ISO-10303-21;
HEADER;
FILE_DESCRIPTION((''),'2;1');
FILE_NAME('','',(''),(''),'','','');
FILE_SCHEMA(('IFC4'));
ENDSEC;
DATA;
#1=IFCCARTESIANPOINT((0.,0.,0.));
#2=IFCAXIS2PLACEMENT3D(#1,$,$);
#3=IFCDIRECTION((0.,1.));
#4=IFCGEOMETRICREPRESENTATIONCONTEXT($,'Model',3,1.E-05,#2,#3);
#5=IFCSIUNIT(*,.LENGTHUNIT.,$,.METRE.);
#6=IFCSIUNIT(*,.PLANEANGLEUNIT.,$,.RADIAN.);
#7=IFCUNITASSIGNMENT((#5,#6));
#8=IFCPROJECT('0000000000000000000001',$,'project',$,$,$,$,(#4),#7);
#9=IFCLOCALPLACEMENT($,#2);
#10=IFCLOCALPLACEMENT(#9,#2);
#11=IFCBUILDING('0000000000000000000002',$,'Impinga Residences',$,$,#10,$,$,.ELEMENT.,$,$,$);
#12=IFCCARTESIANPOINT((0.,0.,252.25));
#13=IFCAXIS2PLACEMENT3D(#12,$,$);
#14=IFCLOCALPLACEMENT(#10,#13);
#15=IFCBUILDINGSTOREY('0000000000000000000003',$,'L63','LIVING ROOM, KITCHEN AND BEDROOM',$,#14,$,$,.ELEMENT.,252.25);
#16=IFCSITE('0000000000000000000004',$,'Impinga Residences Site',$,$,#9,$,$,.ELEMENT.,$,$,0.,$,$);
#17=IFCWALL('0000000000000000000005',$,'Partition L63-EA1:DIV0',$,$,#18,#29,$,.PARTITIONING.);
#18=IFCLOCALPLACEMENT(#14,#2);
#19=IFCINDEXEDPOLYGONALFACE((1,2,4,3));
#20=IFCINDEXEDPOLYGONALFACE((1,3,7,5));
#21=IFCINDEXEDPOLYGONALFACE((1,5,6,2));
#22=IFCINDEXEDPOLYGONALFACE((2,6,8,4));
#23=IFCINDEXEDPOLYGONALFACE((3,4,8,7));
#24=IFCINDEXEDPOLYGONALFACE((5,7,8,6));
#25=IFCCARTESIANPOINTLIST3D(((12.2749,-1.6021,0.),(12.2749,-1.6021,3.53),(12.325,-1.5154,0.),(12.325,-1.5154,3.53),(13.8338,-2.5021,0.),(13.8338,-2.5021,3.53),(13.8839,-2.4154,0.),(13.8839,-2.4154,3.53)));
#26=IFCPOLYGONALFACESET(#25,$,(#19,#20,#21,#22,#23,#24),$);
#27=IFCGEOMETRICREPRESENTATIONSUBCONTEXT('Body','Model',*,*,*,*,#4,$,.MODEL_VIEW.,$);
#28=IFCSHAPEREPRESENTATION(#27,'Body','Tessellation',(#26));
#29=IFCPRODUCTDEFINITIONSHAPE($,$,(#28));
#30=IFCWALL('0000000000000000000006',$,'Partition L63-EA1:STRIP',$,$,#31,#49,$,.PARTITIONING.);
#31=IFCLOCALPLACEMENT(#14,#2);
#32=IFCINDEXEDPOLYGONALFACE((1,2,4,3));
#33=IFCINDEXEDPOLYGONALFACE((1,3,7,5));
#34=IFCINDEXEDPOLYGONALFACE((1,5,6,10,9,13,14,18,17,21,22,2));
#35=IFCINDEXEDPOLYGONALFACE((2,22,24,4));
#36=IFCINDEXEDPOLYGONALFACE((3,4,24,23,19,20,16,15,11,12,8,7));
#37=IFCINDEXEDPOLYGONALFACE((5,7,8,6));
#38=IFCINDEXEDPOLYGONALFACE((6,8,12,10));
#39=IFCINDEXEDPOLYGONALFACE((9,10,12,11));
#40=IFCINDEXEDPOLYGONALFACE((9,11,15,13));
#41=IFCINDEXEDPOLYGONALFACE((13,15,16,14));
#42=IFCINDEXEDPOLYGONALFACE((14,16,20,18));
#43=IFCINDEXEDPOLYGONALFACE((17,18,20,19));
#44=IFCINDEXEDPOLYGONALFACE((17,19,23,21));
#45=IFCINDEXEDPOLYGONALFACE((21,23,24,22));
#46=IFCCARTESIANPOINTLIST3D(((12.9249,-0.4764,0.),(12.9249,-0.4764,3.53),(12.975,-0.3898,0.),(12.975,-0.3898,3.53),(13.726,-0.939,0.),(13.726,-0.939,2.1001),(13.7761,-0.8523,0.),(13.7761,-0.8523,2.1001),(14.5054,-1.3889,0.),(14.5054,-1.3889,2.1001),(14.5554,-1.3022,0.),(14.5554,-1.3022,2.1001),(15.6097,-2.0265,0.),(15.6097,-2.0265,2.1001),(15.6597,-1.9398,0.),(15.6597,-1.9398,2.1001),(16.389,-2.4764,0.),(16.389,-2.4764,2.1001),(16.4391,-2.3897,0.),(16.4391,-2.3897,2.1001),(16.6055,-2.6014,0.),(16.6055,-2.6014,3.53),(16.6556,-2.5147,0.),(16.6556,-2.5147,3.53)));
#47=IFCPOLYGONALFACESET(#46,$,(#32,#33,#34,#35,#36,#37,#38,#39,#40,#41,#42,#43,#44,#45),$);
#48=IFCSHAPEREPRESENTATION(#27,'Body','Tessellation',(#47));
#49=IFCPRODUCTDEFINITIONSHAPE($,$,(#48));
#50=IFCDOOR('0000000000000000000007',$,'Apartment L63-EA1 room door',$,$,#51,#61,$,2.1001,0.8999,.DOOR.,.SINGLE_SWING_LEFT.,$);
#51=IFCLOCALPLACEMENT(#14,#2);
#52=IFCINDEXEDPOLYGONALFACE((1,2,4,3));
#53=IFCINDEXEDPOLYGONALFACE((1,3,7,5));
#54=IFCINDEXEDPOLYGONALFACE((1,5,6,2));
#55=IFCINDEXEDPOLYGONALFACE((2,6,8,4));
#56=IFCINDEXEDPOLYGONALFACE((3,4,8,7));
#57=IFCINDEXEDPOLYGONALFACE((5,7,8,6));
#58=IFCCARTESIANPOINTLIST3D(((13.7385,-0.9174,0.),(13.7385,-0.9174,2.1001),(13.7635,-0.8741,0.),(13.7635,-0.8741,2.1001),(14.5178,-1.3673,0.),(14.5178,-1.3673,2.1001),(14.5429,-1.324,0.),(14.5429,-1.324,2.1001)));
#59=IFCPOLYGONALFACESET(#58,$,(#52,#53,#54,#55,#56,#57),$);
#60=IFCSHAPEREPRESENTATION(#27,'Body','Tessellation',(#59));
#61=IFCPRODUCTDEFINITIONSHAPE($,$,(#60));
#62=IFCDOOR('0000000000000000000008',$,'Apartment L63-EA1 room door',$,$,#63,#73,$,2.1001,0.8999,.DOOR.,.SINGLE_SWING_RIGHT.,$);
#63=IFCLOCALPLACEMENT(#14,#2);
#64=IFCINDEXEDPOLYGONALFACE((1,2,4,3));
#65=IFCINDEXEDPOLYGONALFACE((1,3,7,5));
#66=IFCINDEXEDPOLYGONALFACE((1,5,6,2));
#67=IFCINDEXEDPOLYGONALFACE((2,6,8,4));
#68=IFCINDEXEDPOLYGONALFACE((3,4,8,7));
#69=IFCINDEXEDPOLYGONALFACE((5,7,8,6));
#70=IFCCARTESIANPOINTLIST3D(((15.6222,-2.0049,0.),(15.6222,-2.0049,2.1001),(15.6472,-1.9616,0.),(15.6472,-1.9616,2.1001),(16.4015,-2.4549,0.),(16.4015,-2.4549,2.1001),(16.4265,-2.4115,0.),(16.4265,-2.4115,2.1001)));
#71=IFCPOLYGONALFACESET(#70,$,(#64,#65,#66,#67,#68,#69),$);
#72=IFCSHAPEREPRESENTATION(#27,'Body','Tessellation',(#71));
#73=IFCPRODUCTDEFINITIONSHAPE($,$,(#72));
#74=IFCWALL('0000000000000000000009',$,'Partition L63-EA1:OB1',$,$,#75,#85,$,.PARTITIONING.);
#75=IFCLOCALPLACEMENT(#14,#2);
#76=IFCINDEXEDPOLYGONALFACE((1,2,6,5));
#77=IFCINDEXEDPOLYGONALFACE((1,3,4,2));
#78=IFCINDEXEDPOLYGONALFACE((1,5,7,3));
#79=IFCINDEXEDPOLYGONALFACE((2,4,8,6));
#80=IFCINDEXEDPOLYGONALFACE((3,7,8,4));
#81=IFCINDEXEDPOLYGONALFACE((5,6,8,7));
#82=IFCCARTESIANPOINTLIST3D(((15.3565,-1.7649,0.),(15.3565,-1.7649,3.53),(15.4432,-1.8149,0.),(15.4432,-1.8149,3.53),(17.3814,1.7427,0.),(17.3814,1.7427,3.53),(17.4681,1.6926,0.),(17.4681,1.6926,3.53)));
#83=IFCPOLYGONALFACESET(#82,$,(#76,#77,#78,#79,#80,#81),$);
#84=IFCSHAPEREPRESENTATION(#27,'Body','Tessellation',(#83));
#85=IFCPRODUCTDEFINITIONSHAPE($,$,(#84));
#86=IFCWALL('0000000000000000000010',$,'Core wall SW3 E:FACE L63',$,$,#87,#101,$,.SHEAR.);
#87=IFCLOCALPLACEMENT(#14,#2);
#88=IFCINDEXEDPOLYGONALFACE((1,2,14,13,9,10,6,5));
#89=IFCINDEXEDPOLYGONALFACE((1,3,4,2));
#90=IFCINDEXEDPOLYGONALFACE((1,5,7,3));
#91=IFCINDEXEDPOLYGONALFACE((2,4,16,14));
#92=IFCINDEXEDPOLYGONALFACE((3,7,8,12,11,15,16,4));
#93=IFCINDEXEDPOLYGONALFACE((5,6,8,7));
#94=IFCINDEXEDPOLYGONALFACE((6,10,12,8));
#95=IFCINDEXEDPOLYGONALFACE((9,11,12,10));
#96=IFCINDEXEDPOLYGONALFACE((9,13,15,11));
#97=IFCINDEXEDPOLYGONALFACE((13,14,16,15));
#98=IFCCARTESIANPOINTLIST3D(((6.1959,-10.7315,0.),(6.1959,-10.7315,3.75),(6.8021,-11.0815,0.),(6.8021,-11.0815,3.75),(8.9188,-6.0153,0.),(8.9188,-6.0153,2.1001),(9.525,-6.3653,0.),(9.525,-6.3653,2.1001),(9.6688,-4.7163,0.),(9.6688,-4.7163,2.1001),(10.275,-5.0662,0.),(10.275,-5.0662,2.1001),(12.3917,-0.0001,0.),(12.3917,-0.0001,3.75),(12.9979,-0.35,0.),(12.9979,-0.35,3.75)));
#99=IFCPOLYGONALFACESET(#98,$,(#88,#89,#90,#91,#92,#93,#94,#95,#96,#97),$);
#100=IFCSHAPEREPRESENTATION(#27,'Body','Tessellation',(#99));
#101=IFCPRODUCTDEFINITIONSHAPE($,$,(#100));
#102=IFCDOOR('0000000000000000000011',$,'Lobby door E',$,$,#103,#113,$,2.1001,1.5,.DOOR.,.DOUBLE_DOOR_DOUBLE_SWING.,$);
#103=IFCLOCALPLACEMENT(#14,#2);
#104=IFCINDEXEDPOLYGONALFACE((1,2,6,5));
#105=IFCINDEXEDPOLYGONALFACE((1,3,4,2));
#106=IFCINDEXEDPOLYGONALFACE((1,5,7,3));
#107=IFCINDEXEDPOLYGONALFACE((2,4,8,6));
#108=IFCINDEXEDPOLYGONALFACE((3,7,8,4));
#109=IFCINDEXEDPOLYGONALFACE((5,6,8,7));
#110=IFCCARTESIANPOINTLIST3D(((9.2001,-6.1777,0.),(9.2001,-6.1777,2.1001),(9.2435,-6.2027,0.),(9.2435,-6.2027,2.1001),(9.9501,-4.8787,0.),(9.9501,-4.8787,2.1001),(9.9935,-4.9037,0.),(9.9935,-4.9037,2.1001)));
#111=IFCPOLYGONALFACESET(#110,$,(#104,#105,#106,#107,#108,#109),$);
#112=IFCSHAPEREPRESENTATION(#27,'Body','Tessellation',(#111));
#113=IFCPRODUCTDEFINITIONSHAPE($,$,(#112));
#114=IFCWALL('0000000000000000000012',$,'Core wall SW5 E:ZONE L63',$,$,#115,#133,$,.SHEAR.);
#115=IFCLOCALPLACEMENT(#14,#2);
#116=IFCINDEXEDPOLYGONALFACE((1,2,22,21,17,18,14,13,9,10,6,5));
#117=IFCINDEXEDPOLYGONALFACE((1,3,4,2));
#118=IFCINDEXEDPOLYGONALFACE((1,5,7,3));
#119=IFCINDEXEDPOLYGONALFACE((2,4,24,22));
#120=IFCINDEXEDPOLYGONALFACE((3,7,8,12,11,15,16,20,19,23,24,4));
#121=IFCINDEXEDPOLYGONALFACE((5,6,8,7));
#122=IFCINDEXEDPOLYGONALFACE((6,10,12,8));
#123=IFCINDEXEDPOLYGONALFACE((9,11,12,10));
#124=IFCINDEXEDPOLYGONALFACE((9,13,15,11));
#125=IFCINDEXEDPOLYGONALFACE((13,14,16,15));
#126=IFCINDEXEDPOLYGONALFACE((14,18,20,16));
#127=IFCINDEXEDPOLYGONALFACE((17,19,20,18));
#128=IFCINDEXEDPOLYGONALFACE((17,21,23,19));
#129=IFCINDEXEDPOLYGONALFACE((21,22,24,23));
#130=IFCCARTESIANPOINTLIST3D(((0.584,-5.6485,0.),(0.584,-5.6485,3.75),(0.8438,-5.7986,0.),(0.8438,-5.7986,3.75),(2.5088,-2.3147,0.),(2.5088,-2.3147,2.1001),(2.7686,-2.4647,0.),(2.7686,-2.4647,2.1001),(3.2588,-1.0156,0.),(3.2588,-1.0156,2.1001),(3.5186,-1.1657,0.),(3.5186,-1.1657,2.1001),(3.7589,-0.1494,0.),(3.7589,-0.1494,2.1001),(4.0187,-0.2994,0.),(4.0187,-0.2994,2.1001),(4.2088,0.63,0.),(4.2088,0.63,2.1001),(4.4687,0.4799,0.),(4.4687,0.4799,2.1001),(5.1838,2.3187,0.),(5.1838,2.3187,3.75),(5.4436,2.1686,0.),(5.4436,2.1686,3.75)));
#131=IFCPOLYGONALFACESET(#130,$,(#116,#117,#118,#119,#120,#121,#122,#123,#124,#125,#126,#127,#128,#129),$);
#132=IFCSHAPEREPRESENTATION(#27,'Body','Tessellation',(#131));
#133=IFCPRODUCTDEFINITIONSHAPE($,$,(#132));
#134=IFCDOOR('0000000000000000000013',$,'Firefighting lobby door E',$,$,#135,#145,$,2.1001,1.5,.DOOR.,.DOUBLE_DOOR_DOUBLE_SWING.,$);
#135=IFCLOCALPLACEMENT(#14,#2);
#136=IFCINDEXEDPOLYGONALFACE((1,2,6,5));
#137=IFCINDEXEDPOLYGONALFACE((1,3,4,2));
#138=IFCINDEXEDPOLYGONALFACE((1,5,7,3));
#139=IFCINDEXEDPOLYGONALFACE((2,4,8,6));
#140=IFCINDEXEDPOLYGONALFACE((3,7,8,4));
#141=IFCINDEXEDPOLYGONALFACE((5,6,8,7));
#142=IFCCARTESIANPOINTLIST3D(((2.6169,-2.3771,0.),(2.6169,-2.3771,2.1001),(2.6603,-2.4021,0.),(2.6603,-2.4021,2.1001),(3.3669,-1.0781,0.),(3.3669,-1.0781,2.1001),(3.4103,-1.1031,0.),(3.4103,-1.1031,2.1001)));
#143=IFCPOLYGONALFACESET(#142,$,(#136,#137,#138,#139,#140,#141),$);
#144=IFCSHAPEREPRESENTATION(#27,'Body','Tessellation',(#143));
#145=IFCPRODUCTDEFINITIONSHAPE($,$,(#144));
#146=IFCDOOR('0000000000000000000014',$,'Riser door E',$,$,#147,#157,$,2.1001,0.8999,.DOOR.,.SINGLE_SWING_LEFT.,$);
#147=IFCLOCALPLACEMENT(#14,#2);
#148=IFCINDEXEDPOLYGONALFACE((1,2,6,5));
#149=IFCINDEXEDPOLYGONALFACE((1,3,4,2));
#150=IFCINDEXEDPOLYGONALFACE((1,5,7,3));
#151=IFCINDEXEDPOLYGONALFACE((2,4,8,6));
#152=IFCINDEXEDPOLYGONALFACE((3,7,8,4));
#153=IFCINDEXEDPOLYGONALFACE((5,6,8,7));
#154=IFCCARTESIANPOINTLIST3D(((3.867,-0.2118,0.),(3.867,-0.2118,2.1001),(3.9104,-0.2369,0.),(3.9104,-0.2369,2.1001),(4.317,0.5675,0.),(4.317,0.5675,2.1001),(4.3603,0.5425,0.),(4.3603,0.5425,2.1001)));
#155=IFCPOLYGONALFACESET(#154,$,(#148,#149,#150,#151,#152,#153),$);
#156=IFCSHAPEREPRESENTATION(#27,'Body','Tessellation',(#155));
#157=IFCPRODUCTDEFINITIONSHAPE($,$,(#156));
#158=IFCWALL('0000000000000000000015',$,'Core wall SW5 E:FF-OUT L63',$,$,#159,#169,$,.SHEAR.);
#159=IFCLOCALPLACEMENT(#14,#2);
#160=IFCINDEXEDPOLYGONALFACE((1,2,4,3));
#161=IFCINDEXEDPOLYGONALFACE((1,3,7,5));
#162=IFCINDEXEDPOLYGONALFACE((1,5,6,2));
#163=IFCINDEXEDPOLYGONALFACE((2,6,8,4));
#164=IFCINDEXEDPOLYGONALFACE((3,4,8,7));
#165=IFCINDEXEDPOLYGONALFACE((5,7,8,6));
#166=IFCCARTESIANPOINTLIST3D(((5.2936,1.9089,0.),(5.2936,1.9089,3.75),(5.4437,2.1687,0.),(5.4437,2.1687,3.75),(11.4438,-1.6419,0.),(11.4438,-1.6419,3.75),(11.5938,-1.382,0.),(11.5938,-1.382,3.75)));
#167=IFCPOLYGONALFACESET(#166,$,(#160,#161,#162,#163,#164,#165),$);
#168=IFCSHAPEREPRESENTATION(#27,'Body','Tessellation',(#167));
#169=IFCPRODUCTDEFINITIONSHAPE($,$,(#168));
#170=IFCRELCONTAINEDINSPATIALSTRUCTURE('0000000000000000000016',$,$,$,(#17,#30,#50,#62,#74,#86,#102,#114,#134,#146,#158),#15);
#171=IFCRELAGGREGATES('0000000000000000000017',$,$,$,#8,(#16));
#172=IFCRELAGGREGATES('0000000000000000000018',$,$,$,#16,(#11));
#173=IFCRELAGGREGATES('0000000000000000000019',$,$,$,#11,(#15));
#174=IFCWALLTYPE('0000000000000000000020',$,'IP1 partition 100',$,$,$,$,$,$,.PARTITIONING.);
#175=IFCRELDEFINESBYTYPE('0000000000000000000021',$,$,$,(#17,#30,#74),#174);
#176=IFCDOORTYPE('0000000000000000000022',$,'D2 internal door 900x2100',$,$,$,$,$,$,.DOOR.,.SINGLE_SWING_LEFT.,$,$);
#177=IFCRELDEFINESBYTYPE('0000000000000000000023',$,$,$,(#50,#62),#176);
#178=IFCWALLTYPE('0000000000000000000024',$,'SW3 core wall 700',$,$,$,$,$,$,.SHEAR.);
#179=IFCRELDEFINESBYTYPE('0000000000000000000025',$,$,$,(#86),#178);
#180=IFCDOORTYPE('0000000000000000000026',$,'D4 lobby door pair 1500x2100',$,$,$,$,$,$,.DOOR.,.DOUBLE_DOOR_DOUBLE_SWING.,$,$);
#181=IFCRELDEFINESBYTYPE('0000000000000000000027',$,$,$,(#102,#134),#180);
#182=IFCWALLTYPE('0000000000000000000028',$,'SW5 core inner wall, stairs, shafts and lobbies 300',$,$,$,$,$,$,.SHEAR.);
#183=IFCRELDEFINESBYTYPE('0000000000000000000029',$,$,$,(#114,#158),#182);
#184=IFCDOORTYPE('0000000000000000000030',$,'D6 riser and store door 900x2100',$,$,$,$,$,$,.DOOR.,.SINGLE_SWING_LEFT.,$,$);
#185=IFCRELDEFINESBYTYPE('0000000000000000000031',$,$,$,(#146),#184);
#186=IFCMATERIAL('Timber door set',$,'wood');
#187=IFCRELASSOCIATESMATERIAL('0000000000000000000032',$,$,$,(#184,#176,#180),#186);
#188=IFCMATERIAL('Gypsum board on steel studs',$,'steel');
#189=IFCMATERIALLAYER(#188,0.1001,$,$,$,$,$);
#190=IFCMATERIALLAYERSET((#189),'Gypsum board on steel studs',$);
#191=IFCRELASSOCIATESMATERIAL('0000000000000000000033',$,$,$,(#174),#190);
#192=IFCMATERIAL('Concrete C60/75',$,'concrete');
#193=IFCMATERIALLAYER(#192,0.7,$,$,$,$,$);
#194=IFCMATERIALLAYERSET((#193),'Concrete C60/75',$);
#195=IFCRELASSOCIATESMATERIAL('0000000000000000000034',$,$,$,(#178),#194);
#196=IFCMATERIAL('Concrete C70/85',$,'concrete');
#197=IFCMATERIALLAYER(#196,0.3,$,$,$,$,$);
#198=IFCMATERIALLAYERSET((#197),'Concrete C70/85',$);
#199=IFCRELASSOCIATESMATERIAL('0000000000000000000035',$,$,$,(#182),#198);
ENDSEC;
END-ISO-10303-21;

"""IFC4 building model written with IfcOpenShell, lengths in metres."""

from ifc_helpers import new_model, si_unit, direction, frame, frame_2d, origin, place, context, subcontext, project, spatial, rectangle, extrude, material, layer, layer_set, type_object, element, fill, save


model = new_model("IFC4")

# Units and contexts
model_context = context("Model", 3, precision=1e-05, world=origin(), true_north=direction((0.0, 1.0)))
body_context = subcontext(model_context, "Body", "Model", "MODEL_VIEW")
ifc_project = project(units=[si_unit("LENGTHUNIT", "METRE"), si_unit("PLANEANGLEUNIT", "RADIAN")], contexts=[model_context])

# Site, building, storey
site_placement = place(None, origin())
site = spatial("IfcSite", under=ifc_project, at=site_placement, Name="Impinga Residences Site", CompositionType="ELEMENT", RefElevation=0.0)
building_placement = place(site_placement, origin())
building = spatial("IfcBuilding", under=site, at=building_placement, Name="Impinga Residences", CompositionType="ELEMENT")
storey_placement = place(building_placement, frame((0.0, 0.0, 252.25)))
storey = spatial("IfcBuildingStorey", under=building, at=storey_placement, Name="L63", Description="LIVING ROOM, KITCHEN AND BEDROOM", CompositionType="ELEMENT", Elevation=252.25)

# Shared definitions
ifc_material_1 = material(Name="Concrete C60/75", Category="concrete")

# Shared definitions
ifc_material_2 = material(Name="Timber door set", Category="wood")
door_type_1 = type_object("IfcDoorType", Name="D6 riser and store door 900x2100", OperationType="SINGLE_SWING_LEFT", PredefinedType="DOOR", material=ifc_material_2)

# Wall
ifc_material_3 = material(Name="Gypsum board on steel studs", Category="steel")
ifc_layer_1 = layer(ifc_material_3, 0.1001)
ifc_layer_set_1 = layer_set([ifc_layer_1], Name="Gypsum board on steel studs")
wall_type_1 = type_object("IfcWallType", Name="IP1 partition 100", PredefinedType="PARTITIONING", material=ifc_layer_set_1)
wall_1_placement = place(storey_placement, frame((12.3, -1.5588, 0.0), z_axis=(0.0, 0.0, 1.0), x_axis=(0.866048, -0.499961, 0.0)))
element("IfcWall", 1, at=wall_1_placement, inside=storey, type_object=wall_type_1, Name="Partition L63-EA1:DIV0", PredefinedType="PARTITIONING", context=body_context, shape_type="SweptSolid", body=[
    extrude(rectangle(XDim=1.8, YDim=0.1001, at=frame_2d((0.8999, 0.0))), origin(), (0.0, 0.0, 1.0), 3.53),
])

# Wall, openings, doors
wall_2_placement = place(storey_placement, frame((12.95, -0.4331, 0.0), z_axis=(0.0, 0.0, 1.0), x_axis=(0.866029, -0.499994, 0.0)))
wall_2 = element("IfcWall", 2, at=wall_2_placement, inside=storey, type_object=wall_type_1, Name="Partition L63-EA1:STRIP", PredefinedType="PARTITIONING", context=body_context, shape_type="SweptSolid", body=[
    extrude(rectangle(XDim=4.25, YDim=0.1001, at=frame_2d((2.125, 0.0))), origin(), (0.0, 0.0, 1.0), 3.53),
])
opening_1_placement = place(wall_2_placement, frame((0.925, 0.0, 0.0)))
opening_1 = element("IfcOpeningElement", 3, at=opening_1_placement, cuts=wall_2, PredefinedType="OPENING", context=body_context, shape_type="SweptSolid", body=[
    extrude(rectangle(XDim=0.8999, YDim=2.1001, at=frame_2d((0.45, 1.05))), frame((0.0, 0.0601, 0.0), z_axis=(0.0, -1.0, 0.0), x_axis=(1.0, 0.0, 0.0)), (0.0, 0.0, 1.0), 0.1201),
])
opening_2_placement = place(wall_2_placement, frame((3.1001, 0.0, 0.0)))
opening_2 = element("IfcOpeningElement", 4, at=opening_2_placement, cuts=wall_2, PredefinedType="OPENING", context=body_context, shape_type="SweptSolid", body=[
    extrude(rectangle(XDim=0.8999, YDim=2.1001, at=frame_2d((0.45, 1.05))), frame((0.0, 0.0601, 0.0), z_axis=(0.0, -1.0, 0.0), x_axis=(1.0, 0.0, 0.0)), (0.0, 0.0, 1.0), 0.1201),
])
door_type_2 = type_object("IfcDoorType", Name="D2 internal door 900x2100", OperationType="SINGLE_SWING_LEFT", PredefinedType="DOOR", material=ifc_material_2)
door_1_placement = place(opening_1_placement, origin())
door_1 = element("IfcDoor", 5, at=door_1_placement, inside=storey, type_object=door_type_2, Name="Apartment L63-EA1 room door", OperationType="SINGLE_SWING_LEFT", OverallHeight=2.1001, OverallWidth=0.8999, PredefinedType="DOOR", context=body_context, shape_type="SweptSolid", body=[
    extrude(rectangle(XDim=0.8999, YDim=2.1001, at=frame_2d((0.45, 1.05))), frame((0.0, 0.0249, 0.0), z_axis=(0.0, -1.0, 0.0), x_axis=(1.0, 0.0, 0.0)), (0.0, 0.0, 1.0), 0.05),
])
fill(opening_1, door_1)
door_2_placement = place(opening_2_placement, origin())
door_2 = element("IfcDoor", 6, at=door_2_placement, inside=storey, type_object=door_type_2, Name="Apartment L63-EA1 room door", OperationType="SINGLE_SWING_RIGHT", OverallHeight=2.1001, OverallWidth=0.8999, PredefinedType="DOOR", context=body_context, shape_type="SweptSolid", body=[
    extrude(rectangle(XDim=0.8999, YDim=2.1001, at=frame_2d((0.45, 1.05))), frame((0.0, 0.0249, 0.0), z_axis=(0.0, -1.0, 0.0), x_axis=(1.0, 0.0, 0.0)), (0.0, 0.0, 1.0), 0.05),
])
fill(opening_2, door_2)

# Wall
wall_3_placement = place(storey_placement, frame((15.3999, -1.7898, 0.0), z_axis=(0.0, 0.0, 1.0), x_axis=(0.499964, 0.866046, 0.0)))
element("IfcWall", 7, at=wall_3_placement, inside=storey, type_object=wall_type_1, Name="Partition L63-EA1:OB1", PredefinedType="PARTITIONING", context=body_context, shape_type="SweptSolid", body=[
    extrude(rectangle(XDim=4.05, YDim=0.1001, at=frame_2d((2.0249, 0.0))), origin(), (0.0, 0.0, 1.0), 3.53),
])

# Wall, opening, door
ifc_layer_2 = layer(ifc_material_1, 0.7)
ifc_layer_set_2 = layer_set([ifc_layer_2], Name="Concrete C60/75")
wall_type_2 = type_object("IfcWallType", Name="SW3 core wall 700", PredefinedType="SHEAR", material=ifc_layer_set_2)
wall_4_placement = place(storey_placement, frame((12.6948, -0.175, 0.0), z_axis=(0.0, 0.0, 1.0), x_axis=(-0.5, -0.866025, 0.0)))
wall_4 = element("IfcWall", 8, at=wall_4_placement, inside=storey, type_object=wall_type_2, Name="Core wall SW3 E:FACE L63", PredefinedType="SHEAR", context=body_context, shape_type="SweptSolid", body=[
    extrude(rectangle(XDim=12.3916, YDim=0.7, at=frame_2d((6.1958, 0.0))), origin(), (0.0, 0.0, 1.0), 3.75),
])
opening_3_placement = place(wall_4_placement, frame((5.4458, 0.0, 0.0)))
opening_3 = element("IfcOpeningElement", 9, at=opening_3_placement, cuts=wall_4, PredefinedType="OPENING", context=body_context, shape_type="SweptSolid", body=[
    extrude(rectangle(XDim=1.5, YDim=2.1001, at=frame_2d((0.75, 1.05))), frame((0.0, 0.3599, 0.0), z_axis=(0.0, -1.0, 0.0), x_axis=(1.0, 0.0, 0.0)), (0.0, 0.0, 1.0), 0.72),
])
door_type_3 = type_object("IfcDoorType", Name="D4 lobby door pair 1500x2100", OperationType="DOUBLE_DOOR_DOUBLE_SWING", PredefinedType="DOOR", material=ifc_material_2)
door_3_placement = place(opening_3_placement, origin())
door_3 = element("IfcDoor", 10, at=door_3_placement, inside=storey, type_object=door_type_3, Name="Lobby door E", OperationType="DOUBLE_DOOR_DOUBLE_SWING", OverallHeight=2.1001, OverallWidth=1.5, PredefinedType="DOOR", context=body_context, shape_type="SweptSolid", body=[
    extrude(rectangle(XDim=1.5, YDim=2.1001, at=frame_2d((0.75, 1.05))), frame((0.0, 0.0249, 0.0), z_axis=(0.0, -1.0, 0.0), x_axis=(1.0, 0.0, 0.0)), (0.0, 0.0, 1.0), 0.05),
])
fill(opening_3, door_3)

# Wall, openings, doors
ifc_material_4 = material(Name="Concrete C70/85", Category="concrete")
ifc_layer_3 = layer(ifc_material_4, 0.3)
ifc_layer_set_3 = layer_set([ifc_layer_3], Name="Concrete C70/85")
wall_type_3 = type_object("IfcWallType", Name="SW5 core inner wall, stairs, shafts and lobbies 300", PredefinedType="SHEAR", material=ifc_layer_set_3)
wall_5_placement = place(storey_placement, frame((5.3137, 2.2437, 0.0), z_axis=(0.0, 0.0, 1.0), x_axis=(-0.499995, -0.866028, 0.0)))
wall_5 = element("IfcWall", 11, at=wall_5_placement, inside=storey, type_object=wall_type_3, Name="Core wall SW5 E:ZONE L63", PredefinedType="SHEAR", context=body_context, shape_type="SweptSolid", body=[
    extrude(rectangle(XDim=9.1997, YDim=0.3, at=frame_2d((4.5999, 0.0))), origin(), (0.0, 0.0, 1.0), 3.75),
])
opening_4_placement = place(wall_5_placement, frame((3.8501, 0.0, 0.0)))
opening_4 = element("IfcOpeningElement", 12, at=opening_4_placement, cuts=wall_5, PredefinedType="OPENING", context=body_context, shape_type="SweptSolid", body=[
    extrude(rectangle(XDim=1.5, YDim=2.1001, at=frame_2d((0.75, 1.05))), frame((0.0, 0.1599, 0.0), z_axis=(0.0, -1.0, 0.0), x_axis=(1.0, 0.0, 0.0)), (0.0, 0.0, 1.0), 0.3201),
])
opening_5_placement = place(wall_5_placement, frame((1.95, 0.0, 0.0)))
opening_5 = element("IfcOpeningElement", 13, at=opening_5_placement, cuts=wall_5, PredefinedType="OPENING", context=body_context, shape_type="SweptSolid", body=[
    extrude(rectangle(XDim=0.8999, YDim=2.1001, at=frame_2d((0.45, 1.05))), frame((0.0, 0.1599, 0.0), z_axis=(0.0, -1.0, 0.0), x_axis=(1.0, 0.0, 0.0)), (0.0, 0.0, 1.0), 0.3201),
])
door_4_placement = place(opening_4_placement, origin())
door_4 = element("IfcDoor", 14, at=door_4_placement, inside=storey, type_object=door_type_3, Name="Firefighting lobby door E", OperationType="DOUBLE_DOOR_DOUBLE_SWING", OverallHeight=2.1001, OverallWidth=1.5, PredefinedType="DOOR", context=body_context, shape_type="SweptSolid", body=[
    extrude(rectangle(XDim=1.5, YDim=2.1001, at=frame_2d((0.75, 1.05))), frame((0.0, 0.0249, 0.0), z_axis=(0.0, -1.0, 0.0), x_axis=(1.0, 0.0, 0.0)), (0.0, 0.0, 1.0), 0.05),
])
fill(opening_4, door_4)
door_5_placement = place(opening_5_placement, origin())
door_5 = element("IfcDoor", 15, at=door_5_placement, inside=storey, type_object=door_type_1, Name="Riser door E", OperationType="SINGLE_SWING_LEFT", OverallHeight=2.1001, OverallWidth=0.8999, PredefinedType="DOOR", context=body_context, shape_type="SweptSolid", body=[
    extrude(rectangle(XDim=0.8999, YDim=2.1001, at=frame_2d((0.45, 1.05))), frame((0.0, 0.0249, 0.0), z_axis=(0.0, -1.0, 0.0), x_axis=(1.0, 0.0, 0.0)), (0.0, 0.0, 1.0), 0.05),
])
fill(opening_5, door_5)

# Wall
wall_6_placement = place(storey_placement, frame((5.3687, 2.0388, 0.0), z_axis=(0.0, 0.0, 1.0), x_axis=(0.866026, -0.499999, 0.0)))
element("IfcWall", 16, at=wall_6_placement, inside=storey, type_object=wall_type_3, Name="Core wall SW5 E:FF-OUT L63", PredefinedType="SHEAR", context=body_context, shape_type="SweptSolid", body=[
    extrude(rectangle(XDim=7.1016, YDim=0.3, at=frame_2d((3.5508, 0.0))), origin(), (0.0, 0.0, 1.0), 3.75),
])

save(model, "model.ifc")
